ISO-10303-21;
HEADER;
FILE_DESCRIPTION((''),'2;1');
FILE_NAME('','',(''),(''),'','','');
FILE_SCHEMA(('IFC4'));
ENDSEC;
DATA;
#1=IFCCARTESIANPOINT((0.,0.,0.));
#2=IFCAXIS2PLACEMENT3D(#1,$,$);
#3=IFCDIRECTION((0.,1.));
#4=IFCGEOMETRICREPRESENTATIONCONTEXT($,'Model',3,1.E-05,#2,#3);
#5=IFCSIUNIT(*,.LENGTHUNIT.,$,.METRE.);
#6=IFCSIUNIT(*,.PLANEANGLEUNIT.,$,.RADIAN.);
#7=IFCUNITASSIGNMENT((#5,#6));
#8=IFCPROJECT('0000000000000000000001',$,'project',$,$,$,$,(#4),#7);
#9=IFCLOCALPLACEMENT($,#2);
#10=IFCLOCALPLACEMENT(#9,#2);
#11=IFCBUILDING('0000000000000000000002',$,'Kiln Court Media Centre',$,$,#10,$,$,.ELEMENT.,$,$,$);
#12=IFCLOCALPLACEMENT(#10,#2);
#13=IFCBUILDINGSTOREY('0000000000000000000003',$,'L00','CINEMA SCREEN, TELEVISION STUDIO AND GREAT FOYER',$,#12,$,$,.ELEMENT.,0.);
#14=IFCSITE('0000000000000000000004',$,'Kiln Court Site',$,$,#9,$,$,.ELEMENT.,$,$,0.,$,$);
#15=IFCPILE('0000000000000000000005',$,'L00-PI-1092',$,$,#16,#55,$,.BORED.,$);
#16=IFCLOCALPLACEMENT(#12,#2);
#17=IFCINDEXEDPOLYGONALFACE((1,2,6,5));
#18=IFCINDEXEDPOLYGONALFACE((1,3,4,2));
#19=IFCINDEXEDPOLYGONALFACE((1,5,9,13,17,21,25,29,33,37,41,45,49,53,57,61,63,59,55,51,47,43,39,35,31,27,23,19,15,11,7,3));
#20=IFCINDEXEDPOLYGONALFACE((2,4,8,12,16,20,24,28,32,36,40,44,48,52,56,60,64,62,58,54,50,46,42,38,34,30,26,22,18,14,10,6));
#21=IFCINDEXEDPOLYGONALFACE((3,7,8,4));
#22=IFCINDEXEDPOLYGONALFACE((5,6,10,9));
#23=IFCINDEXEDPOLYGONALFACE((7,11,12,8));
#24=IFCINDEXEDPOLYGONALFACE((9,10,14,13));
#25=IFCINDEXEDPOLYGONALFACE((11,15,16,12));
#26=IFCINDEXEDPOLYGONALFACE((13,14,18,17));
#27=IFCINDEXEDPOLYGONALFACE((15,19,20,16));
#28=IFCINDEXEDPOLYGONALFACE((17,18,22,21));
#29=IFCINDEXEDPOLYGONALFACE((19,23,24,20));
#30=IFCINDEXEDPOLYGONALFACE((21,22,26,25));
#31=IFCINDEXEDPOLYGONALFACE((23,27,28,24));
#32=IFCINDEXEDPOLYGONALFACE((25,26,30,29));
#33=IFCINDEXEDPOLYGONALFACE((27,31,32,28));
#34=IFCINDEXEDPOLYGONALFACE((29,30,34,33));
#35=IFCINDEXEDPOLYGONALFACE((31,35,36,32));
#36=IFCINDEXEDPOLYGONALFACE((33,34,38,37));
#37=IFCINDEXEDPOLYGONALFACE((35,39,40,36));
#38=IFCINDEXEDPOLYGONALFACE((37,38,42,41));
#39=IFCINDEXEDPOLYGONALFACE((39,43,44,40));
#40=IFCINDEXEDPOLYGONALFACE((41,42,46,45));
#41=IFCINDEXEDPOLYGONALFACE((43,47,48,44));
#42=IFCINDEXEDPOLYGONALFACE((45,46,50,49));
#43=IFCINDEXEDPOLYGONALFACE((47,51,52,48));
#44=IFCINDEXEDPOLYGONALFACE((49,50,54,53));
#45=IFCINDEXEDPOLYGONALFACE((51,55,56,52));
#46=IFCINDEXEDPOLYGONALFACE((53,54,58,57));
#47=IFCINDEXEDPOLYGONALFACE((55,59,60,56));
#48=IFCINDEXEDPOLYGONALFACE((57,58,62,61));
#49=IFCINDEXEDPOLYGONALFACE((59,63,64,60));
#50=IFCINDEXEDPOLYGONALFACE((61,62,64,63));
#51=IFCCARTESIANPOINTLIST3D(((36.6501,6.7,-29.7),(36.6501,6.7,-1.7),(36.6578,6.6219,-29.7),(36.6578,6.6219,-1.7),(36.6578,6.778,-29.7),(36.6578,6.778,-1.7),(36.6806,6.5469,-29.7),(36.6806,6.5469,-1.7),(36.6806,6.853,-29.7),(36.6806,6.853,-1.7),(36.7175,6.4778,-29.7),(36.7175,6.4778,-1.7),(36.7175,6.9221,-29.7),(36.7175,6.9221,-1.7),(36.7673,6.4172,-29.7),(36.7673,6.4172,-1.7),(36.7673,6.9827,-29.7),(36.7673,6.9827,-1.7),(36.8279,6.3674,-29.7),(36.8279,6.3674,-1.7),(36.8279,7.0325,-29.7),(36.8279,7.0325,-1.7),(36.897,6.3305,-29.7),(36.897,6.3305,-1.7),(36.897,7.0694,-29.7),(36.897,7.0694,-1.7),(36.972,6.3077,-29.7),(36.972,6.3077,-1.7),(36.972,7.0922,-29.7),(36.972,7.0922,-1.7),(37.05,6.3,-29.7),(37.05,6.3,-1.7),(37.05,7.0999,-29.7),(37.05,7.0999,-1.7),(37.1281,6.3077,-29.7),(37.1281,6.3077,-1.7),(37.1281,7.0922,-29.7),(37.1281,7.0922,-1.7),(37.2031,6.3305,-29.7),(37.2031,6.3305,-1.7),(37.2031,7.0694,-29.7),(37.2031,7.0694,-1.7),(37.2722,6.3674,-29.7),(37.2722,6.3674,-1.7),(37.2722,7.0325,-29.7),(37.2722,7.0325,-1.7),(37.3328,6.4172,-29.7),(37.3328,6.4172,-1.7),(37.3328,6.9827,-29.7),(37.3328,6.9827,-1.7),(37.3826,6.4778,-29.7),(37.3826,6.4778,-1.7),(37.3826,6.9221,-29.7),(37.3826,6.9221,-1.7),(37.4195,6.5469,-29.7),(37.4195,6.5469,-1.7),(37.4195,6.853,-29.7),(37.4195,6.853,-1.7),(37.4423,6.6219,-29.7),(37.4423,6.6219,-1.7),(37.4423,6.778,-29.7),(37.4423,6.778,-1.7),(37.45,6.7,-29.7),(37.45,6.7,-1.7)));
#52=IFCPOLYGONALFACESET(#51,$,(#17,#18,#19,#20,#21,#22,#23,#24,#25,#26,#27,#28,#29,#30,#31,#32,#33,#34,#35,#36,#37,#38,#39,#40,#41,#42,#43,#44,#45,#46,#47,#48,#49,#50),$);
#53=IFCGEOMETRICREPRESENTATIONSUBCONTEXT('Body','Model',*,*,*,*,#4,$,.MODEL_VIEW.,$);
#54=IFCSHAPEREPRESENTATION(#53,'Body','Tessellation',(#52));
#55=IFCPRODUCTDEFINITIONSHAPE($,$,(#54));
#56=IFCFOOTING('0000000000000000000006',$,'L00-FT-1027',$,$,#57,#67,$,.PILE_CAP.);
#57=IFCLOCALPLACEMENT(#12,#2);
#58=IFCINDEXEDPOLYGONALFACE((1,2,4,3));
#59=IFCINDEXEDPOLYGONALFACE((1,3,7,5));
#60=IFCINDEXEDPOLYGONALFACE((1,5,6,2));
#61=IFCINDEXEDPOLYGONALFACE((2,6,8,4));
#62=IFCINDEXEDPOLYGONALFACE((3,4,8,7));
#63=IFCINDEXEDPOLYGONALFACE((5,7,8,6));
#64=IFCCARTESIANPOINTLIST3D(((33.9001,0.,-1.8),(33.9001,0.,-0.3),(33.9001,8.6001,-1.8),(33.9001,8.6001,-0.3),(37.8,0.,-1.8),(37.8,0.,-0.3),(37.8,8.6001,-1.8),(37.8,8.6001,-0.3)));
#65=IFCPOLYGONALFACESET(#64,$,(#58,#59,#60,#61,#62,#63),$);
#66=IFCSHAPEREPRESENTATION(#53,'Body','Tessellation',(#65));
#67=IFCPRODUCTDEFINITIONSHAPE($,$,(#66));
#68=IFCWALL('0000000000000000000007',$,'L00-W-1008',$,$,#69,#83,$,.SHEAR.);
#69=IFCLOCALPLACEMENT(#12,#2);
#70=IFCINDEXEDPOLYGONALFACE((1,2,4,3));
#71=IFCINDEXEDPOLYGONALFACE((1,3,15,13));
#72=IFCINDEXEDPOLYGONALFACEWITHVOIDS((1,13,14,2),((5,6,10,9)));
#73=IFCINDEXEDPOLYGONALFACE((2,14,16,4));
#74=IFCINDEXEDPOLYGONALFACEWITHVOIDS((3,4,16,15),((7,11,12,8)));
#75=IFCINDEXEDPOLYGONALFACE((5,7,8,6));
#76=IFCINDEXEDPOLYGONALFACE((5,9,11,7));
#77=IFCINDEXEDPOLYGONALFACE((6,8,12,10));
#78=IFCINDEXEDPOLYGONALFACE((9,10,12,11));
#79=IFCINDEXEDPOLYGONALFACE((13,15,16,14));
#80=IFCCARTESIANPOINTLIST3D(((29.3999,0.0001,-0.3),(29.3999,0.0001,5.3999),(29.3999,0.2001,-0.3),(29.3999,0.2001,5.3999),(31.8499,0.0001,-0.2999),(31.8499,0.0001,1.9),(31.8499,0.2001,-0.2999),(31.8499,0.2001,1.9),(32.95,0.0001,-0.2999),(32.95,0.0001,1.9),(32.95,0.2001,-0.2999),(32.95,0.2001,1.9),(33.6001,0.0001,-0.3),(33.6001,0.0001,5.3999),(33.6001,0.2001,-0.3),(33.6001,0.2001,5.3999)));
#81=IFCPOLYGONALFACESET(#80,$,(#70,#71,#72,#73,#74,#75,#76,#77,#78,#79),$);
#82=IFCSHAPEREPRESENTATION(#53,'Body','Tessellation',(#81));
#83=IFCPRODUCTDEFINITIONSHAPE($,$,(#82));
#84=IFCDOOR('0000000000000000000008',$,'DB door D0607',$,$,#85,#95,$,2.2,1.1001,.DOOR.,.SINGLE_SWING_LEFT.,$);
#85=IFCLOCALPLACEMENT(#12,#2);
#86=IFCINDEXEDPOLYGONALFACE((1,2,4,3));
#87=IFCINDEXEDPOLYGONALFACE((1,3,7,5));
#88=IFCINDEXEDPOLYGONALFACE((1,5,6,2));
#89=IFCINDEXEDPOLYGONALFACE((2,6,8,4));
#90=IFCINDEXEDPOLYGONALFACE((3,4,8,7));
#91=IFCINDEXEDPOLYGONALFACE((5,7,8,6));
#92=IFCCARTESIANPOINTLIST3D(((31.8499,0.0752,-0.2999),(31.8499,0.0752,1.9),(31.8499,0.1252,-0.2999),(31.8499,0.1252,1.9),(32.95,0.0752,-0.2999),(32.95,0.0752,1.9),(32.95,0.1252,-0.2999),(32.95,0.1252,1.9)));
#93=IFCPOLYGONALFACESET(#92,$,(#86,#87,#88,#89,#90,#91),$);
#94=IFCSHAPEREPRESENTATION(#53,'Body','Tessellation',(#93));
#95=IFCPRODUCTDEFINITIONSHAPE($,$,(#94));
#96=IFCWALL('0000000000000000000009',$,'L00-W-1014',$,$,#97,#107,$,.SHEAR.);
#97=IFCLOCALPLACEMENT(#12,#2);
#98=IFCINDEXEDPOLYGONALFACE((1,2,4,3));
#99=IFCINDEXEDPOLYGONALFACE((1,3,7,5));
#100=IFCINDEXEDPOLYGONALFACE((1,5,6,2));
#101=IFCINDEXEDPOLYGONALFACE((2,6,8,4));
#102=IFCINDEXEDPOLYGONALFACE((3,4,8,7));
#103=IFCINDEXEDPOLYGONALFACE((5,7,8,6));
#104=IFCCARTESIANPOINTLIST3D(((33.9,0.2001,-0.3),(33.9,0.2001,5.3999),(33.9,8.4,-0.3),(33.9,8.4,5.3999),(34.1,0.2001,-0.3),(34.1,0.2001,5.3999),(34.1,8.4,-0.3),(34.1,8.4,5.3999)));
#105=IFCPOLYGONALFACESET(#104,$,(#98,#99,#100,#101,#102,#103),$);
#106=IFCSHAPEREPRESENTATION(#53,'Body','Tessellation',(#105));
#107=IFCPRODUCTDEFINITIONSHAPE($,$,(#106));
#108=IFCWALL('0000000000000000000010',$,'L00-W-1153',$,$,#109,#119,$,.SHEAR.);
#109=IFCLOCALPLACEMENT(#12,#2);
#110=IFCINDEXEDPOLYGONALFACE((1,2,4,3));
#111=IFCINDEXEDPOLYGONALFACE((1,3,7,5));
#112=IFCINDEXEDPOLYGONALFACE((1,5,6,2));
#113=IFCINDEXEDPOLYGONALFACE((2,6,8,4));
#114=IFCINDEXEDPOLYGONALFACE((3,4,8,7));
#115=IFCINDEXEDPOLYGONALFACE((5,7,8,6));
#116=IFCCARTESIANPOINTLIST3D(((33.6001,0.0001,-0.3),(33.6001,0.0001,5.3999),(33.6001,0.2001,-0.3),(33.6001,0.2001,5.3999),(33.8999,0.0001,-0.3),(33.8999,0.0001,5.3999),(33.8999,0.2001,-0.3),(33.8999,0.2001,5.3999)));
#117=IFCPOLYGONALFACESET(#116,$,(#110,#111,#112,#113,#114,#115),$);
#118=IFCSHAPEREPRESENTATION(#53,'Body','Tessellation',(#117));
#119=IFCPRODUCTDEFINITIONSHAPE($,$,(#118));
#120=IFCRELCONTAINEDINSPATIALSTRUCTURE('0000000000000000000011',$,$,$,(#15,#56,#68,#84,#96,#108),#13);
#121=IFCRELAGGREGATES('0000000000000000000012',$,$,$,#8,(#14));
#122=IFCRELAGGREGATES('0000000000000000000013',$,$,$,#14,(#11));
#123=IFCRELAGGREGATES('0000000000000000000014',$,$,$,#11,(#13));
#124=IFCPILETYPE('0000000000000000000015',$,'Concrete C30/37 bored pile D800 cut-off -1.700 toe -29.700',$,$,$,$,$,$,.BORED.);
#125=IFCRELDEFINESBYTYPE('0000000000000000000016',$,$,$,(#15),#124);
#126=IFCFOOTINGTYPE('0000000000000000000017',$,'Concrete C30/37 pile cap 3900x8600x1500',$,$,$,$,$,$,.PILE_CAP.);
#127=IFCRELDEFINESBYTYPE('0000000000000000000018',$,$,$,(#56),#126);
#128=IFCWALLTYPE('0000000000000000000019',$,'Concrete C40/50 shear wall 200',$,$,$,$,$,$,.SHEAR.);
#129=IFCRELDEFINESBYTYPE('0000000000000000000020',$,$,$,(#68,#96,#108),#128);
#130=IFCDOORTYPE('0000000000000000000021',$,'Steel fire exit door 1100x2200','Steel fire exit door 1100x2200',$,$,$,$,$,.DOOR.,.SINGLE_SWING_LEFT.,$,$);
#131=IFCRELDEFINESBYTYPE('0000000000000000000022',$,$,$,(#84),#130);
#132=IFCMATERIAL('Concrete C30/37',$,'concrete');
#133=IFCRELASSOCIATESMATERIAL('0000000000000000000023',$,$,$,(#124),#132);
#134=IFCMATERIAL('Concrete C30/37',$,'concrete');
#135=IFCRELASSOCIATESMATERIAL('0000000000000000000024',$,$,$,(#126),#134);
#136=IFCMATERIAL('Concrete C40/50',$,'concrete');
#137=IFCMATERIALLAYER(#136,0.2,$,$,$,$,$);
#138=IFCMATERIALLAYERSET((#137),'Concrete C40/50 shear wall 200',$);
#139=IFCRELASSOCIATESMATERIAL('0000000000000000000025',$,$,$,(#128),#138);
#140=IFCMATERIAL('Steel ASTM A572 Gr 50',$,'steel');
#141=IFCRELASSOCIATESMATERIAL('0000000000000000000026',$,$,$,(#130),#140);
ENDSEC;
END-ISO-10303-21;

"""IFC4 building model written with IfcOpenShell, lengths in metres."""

from ifc_helpers import new_model, si_unit, direction, frame, frame_2d, origin, origin_2d, place, context, subcontext, project, spatial, rectangle, circle, extrude, material, layer, layer_set, material_profile, profile_set, type_object, element, fill, save


model = new_model("IFC4")

# Units and contexts
model_context = context("Model", 3, precision=1e-05, world=origin(), true_north=direction((0.0, 1.0)))
body_context = subcontext(model_context, "Body", "Model", "MODEL_VIEW")
ifc_project = project(units=[si_unit("LENGTHUNIT", "METRE"), si_unit("PLANEANGLEUNIT", "RADIAN")], contexts=[model_context])

# Site, building, storey
site_placement = place(None, origin())
site = spatial("IfcSite", under=ifc_project, at=site_placement, Name="Kiln Court Site", CompositionType="ELEMENT", RefElevation=0.0)
building_placement = place(site_placement, origin())
building = spatial("IfcBuilding", under=site, at=building_placement, Name="Kiln Court Media Centre", CompositionType="ELEMENT")
storey_placement = place(building_placement, origin())
storey = spatial("IfcBuildingStorey", under=building, at=storey_placement, Name="L00", Description="CINEMA SCREEN, TELEVISION STUDIO AND GREAT FOYER", CompositionType="ELEMENT", Elevation=0.0)

# Pile
ifc_material_1 = material(Name="Concrete C30/37", Category="concrete")
ifc_material_profile = material_profile(ifc_material_1, circle(Radius=0.3999, at=origin_2d()), Name="PILE D800")
ifc_profile_set = profile_set([ifc_material_profile], Name="Concrete C30/37")
pile_type = type_object("IfcPileType", Name="Concrete C30/37 bored pile D800 cut-off -1.700 toe -29.700", PredefinedType="BORED", material=ifc_profile_set)
for number, where, z_axis, x_axis, name in (
    (1, (37.05, 6.7, -1.7), (0.0, 0.0, -1.0), (1.0, 0.0, 0.0), "L00-PI-1092"),
):
    element("IfcPile", number, at=place(storey_placement, frame(where, z_axis=z_axis, x_axis=x_axis)), inside=storey, type_object=pile_type, Name=name, PredefinedType="BORED", context=body_context, shape_type="SweptSolid", body=[
        extrude(circle(Radius=0.3999, at=origin_2d()), origin(), (0.0, 0.0, 1.0), 28.0),
    ])

# Footing
ifc_material_2 = material(Name="Concrete C30/37", Category="concrete")
footing_type = type_object("IfcFootingType", Name="Concrete C30/37 pile cap 3900x8600x1500", PredefinedType="PILE_CAP", material=ifc_material_2)
footing_placement = place(storey_placement, frame((35.8501, 4.3, -1.8), z_axis=(0.0, 0.0, 1.0), x_axis=(1.0, 0.0, 0.0)))
element("IfcFooting", 2, at=footing_placement, inside=storey, type_object=footing_type, Name="L00-FT-1027", PredefinedType="PILE_CAP", context=body_context, shape_type="SweptSolid", body=[
    extrude(rectangle(XDim=3.8999, YDim=8.6001, at=origin_2d()), origin(), (0.0, 0.0, 1.0), 1.5),
])

# Wall, opening, door
ifc_material_3 = material(Name="Concrete C40/50", Category="concrete")
ifc_layer = layer(ifc_material_3, 0.2)
ifc_layer_set = layer_set([ifc_layer], Name="Concrete C40/50 shear wall 200")
wall_type = type_object("IfcWallType", Name="Concrete C40/50 shear wall 200", PredefinedType="SHEAR", material=ifc_layer_set)
wall_1_placement = place(storey_placement, frame((33.6001, 0.1001, -0.3), z_axis=(0.0, 0.0, 1.0), x_axis=(-1.0, 0.0, 0.0)))
wall_1 = element("IfcWall", 3, at=wall_1_placement, inside=storey, type_object=wall_type, Name="L00-W-1008", PredefinedType="SHEAR", context=body_context, shape_type="SweptSolid", body=[
    extrude(rectangle(XDim=4.2002, YDim=0.2, at=frame_2d((2.1001, 0.0))), origin(), (0.0, 0.0, 1.0), 5.7),
])
opening_placement = place(wall_1_placement, frame((0.6501, 0.0, 0.0)))
opening = element("IfcOpeningElement", 4, at=opening_placement, cuts=wall_1, PredefinedType="OPENING", context=body_context, shape_type="SweptSolid", body=[
    extrude(rectangle(XDim=1.1001, YDim=2.2, at=frame_2d((0.55, 1.1001))), frame((0.0, 0.1099, 0.0), z_axis=(0.0, -1.0, 0.0), x_axis=(1.0, 0.0, 0.0)), (0.0, 0.0, 1.0), 0.22),
])
ifc_material_4 = material(Name="Steel ASTM A572 Gr 50", Category="steel")
door_type = type_object("IfcDoorType", Name="Steel fire exit door 1100x2200", Description="Steel fire exit door 1100x2200", OperationType="SINGLE_SWING_LEFT", PredefinedType="DOOR", material=ifc_material_4)
door_placement = place(opening_placement, origin())
door = element("IfcDoor", 5, at=door_placement, inside=storey, type_object=door_type, Name="DB door D0607", OperationType="SINGLE_SWING_LEFT", OverallHeight=2.2, OverallWidth=1.1001, PredefinedType="DOOR", context=body_context, shape_type="SweptSolid", body=[
    extrude(rectangle(XDim=1.1001, YDim=2.2, at=frame_2d((0.55, 1.1001))), frame((0.0, 0.0249, 0.0), z_axis=(0.0, -1.0, 0.0), x_axis=(1.0, 0.0, 0.0)), (0.0, 0.0, 1.0), 0.05),
])
fill(opening, door)

# Walls
wall_2_placement = place(storey_placement, frame((34.0, 0.2, -0.3), z_axis=(0.0, 0.0, 1.0), x_axis=(0.0, 1.0, 0.0)))
element("IfcWall", 6, at=wall_2_placement, inside=storey, type_object=wall_type, Name="L00-W-1014", PredefinedType="SHEAR", context=body_context, shape_type="SweptSolid", body=[
    extrude(rectangle(XDim=8.2, YDim=0.2, at=frame_2d((4.1001, 0.0))), origin(), (0.0, 0.0, 1.0), 5.7),
])
wall_3_placement = place(storey_placement, frame((33.8999, 0.1001, -0.3), z_axis=(0.0, 0.0, 1.0), x_axis=(-1.0, 0.0, 0.0)))
element("IfcWall", 7, at=wall_3_placement, inside=storey, type_object=wall_type, Name="L00-W-1153", PredefinedType="SHEAR", context=body_context, shape_type="SweptSolid", body=[
    extrude(rectangle(XDim=0.2998, YDim=0.2, at=frame_2d((0.1499, 0.0))), origin(), (0.0, 0.0, 1.0), 5.7),
])

save(model, "model.ifc")
